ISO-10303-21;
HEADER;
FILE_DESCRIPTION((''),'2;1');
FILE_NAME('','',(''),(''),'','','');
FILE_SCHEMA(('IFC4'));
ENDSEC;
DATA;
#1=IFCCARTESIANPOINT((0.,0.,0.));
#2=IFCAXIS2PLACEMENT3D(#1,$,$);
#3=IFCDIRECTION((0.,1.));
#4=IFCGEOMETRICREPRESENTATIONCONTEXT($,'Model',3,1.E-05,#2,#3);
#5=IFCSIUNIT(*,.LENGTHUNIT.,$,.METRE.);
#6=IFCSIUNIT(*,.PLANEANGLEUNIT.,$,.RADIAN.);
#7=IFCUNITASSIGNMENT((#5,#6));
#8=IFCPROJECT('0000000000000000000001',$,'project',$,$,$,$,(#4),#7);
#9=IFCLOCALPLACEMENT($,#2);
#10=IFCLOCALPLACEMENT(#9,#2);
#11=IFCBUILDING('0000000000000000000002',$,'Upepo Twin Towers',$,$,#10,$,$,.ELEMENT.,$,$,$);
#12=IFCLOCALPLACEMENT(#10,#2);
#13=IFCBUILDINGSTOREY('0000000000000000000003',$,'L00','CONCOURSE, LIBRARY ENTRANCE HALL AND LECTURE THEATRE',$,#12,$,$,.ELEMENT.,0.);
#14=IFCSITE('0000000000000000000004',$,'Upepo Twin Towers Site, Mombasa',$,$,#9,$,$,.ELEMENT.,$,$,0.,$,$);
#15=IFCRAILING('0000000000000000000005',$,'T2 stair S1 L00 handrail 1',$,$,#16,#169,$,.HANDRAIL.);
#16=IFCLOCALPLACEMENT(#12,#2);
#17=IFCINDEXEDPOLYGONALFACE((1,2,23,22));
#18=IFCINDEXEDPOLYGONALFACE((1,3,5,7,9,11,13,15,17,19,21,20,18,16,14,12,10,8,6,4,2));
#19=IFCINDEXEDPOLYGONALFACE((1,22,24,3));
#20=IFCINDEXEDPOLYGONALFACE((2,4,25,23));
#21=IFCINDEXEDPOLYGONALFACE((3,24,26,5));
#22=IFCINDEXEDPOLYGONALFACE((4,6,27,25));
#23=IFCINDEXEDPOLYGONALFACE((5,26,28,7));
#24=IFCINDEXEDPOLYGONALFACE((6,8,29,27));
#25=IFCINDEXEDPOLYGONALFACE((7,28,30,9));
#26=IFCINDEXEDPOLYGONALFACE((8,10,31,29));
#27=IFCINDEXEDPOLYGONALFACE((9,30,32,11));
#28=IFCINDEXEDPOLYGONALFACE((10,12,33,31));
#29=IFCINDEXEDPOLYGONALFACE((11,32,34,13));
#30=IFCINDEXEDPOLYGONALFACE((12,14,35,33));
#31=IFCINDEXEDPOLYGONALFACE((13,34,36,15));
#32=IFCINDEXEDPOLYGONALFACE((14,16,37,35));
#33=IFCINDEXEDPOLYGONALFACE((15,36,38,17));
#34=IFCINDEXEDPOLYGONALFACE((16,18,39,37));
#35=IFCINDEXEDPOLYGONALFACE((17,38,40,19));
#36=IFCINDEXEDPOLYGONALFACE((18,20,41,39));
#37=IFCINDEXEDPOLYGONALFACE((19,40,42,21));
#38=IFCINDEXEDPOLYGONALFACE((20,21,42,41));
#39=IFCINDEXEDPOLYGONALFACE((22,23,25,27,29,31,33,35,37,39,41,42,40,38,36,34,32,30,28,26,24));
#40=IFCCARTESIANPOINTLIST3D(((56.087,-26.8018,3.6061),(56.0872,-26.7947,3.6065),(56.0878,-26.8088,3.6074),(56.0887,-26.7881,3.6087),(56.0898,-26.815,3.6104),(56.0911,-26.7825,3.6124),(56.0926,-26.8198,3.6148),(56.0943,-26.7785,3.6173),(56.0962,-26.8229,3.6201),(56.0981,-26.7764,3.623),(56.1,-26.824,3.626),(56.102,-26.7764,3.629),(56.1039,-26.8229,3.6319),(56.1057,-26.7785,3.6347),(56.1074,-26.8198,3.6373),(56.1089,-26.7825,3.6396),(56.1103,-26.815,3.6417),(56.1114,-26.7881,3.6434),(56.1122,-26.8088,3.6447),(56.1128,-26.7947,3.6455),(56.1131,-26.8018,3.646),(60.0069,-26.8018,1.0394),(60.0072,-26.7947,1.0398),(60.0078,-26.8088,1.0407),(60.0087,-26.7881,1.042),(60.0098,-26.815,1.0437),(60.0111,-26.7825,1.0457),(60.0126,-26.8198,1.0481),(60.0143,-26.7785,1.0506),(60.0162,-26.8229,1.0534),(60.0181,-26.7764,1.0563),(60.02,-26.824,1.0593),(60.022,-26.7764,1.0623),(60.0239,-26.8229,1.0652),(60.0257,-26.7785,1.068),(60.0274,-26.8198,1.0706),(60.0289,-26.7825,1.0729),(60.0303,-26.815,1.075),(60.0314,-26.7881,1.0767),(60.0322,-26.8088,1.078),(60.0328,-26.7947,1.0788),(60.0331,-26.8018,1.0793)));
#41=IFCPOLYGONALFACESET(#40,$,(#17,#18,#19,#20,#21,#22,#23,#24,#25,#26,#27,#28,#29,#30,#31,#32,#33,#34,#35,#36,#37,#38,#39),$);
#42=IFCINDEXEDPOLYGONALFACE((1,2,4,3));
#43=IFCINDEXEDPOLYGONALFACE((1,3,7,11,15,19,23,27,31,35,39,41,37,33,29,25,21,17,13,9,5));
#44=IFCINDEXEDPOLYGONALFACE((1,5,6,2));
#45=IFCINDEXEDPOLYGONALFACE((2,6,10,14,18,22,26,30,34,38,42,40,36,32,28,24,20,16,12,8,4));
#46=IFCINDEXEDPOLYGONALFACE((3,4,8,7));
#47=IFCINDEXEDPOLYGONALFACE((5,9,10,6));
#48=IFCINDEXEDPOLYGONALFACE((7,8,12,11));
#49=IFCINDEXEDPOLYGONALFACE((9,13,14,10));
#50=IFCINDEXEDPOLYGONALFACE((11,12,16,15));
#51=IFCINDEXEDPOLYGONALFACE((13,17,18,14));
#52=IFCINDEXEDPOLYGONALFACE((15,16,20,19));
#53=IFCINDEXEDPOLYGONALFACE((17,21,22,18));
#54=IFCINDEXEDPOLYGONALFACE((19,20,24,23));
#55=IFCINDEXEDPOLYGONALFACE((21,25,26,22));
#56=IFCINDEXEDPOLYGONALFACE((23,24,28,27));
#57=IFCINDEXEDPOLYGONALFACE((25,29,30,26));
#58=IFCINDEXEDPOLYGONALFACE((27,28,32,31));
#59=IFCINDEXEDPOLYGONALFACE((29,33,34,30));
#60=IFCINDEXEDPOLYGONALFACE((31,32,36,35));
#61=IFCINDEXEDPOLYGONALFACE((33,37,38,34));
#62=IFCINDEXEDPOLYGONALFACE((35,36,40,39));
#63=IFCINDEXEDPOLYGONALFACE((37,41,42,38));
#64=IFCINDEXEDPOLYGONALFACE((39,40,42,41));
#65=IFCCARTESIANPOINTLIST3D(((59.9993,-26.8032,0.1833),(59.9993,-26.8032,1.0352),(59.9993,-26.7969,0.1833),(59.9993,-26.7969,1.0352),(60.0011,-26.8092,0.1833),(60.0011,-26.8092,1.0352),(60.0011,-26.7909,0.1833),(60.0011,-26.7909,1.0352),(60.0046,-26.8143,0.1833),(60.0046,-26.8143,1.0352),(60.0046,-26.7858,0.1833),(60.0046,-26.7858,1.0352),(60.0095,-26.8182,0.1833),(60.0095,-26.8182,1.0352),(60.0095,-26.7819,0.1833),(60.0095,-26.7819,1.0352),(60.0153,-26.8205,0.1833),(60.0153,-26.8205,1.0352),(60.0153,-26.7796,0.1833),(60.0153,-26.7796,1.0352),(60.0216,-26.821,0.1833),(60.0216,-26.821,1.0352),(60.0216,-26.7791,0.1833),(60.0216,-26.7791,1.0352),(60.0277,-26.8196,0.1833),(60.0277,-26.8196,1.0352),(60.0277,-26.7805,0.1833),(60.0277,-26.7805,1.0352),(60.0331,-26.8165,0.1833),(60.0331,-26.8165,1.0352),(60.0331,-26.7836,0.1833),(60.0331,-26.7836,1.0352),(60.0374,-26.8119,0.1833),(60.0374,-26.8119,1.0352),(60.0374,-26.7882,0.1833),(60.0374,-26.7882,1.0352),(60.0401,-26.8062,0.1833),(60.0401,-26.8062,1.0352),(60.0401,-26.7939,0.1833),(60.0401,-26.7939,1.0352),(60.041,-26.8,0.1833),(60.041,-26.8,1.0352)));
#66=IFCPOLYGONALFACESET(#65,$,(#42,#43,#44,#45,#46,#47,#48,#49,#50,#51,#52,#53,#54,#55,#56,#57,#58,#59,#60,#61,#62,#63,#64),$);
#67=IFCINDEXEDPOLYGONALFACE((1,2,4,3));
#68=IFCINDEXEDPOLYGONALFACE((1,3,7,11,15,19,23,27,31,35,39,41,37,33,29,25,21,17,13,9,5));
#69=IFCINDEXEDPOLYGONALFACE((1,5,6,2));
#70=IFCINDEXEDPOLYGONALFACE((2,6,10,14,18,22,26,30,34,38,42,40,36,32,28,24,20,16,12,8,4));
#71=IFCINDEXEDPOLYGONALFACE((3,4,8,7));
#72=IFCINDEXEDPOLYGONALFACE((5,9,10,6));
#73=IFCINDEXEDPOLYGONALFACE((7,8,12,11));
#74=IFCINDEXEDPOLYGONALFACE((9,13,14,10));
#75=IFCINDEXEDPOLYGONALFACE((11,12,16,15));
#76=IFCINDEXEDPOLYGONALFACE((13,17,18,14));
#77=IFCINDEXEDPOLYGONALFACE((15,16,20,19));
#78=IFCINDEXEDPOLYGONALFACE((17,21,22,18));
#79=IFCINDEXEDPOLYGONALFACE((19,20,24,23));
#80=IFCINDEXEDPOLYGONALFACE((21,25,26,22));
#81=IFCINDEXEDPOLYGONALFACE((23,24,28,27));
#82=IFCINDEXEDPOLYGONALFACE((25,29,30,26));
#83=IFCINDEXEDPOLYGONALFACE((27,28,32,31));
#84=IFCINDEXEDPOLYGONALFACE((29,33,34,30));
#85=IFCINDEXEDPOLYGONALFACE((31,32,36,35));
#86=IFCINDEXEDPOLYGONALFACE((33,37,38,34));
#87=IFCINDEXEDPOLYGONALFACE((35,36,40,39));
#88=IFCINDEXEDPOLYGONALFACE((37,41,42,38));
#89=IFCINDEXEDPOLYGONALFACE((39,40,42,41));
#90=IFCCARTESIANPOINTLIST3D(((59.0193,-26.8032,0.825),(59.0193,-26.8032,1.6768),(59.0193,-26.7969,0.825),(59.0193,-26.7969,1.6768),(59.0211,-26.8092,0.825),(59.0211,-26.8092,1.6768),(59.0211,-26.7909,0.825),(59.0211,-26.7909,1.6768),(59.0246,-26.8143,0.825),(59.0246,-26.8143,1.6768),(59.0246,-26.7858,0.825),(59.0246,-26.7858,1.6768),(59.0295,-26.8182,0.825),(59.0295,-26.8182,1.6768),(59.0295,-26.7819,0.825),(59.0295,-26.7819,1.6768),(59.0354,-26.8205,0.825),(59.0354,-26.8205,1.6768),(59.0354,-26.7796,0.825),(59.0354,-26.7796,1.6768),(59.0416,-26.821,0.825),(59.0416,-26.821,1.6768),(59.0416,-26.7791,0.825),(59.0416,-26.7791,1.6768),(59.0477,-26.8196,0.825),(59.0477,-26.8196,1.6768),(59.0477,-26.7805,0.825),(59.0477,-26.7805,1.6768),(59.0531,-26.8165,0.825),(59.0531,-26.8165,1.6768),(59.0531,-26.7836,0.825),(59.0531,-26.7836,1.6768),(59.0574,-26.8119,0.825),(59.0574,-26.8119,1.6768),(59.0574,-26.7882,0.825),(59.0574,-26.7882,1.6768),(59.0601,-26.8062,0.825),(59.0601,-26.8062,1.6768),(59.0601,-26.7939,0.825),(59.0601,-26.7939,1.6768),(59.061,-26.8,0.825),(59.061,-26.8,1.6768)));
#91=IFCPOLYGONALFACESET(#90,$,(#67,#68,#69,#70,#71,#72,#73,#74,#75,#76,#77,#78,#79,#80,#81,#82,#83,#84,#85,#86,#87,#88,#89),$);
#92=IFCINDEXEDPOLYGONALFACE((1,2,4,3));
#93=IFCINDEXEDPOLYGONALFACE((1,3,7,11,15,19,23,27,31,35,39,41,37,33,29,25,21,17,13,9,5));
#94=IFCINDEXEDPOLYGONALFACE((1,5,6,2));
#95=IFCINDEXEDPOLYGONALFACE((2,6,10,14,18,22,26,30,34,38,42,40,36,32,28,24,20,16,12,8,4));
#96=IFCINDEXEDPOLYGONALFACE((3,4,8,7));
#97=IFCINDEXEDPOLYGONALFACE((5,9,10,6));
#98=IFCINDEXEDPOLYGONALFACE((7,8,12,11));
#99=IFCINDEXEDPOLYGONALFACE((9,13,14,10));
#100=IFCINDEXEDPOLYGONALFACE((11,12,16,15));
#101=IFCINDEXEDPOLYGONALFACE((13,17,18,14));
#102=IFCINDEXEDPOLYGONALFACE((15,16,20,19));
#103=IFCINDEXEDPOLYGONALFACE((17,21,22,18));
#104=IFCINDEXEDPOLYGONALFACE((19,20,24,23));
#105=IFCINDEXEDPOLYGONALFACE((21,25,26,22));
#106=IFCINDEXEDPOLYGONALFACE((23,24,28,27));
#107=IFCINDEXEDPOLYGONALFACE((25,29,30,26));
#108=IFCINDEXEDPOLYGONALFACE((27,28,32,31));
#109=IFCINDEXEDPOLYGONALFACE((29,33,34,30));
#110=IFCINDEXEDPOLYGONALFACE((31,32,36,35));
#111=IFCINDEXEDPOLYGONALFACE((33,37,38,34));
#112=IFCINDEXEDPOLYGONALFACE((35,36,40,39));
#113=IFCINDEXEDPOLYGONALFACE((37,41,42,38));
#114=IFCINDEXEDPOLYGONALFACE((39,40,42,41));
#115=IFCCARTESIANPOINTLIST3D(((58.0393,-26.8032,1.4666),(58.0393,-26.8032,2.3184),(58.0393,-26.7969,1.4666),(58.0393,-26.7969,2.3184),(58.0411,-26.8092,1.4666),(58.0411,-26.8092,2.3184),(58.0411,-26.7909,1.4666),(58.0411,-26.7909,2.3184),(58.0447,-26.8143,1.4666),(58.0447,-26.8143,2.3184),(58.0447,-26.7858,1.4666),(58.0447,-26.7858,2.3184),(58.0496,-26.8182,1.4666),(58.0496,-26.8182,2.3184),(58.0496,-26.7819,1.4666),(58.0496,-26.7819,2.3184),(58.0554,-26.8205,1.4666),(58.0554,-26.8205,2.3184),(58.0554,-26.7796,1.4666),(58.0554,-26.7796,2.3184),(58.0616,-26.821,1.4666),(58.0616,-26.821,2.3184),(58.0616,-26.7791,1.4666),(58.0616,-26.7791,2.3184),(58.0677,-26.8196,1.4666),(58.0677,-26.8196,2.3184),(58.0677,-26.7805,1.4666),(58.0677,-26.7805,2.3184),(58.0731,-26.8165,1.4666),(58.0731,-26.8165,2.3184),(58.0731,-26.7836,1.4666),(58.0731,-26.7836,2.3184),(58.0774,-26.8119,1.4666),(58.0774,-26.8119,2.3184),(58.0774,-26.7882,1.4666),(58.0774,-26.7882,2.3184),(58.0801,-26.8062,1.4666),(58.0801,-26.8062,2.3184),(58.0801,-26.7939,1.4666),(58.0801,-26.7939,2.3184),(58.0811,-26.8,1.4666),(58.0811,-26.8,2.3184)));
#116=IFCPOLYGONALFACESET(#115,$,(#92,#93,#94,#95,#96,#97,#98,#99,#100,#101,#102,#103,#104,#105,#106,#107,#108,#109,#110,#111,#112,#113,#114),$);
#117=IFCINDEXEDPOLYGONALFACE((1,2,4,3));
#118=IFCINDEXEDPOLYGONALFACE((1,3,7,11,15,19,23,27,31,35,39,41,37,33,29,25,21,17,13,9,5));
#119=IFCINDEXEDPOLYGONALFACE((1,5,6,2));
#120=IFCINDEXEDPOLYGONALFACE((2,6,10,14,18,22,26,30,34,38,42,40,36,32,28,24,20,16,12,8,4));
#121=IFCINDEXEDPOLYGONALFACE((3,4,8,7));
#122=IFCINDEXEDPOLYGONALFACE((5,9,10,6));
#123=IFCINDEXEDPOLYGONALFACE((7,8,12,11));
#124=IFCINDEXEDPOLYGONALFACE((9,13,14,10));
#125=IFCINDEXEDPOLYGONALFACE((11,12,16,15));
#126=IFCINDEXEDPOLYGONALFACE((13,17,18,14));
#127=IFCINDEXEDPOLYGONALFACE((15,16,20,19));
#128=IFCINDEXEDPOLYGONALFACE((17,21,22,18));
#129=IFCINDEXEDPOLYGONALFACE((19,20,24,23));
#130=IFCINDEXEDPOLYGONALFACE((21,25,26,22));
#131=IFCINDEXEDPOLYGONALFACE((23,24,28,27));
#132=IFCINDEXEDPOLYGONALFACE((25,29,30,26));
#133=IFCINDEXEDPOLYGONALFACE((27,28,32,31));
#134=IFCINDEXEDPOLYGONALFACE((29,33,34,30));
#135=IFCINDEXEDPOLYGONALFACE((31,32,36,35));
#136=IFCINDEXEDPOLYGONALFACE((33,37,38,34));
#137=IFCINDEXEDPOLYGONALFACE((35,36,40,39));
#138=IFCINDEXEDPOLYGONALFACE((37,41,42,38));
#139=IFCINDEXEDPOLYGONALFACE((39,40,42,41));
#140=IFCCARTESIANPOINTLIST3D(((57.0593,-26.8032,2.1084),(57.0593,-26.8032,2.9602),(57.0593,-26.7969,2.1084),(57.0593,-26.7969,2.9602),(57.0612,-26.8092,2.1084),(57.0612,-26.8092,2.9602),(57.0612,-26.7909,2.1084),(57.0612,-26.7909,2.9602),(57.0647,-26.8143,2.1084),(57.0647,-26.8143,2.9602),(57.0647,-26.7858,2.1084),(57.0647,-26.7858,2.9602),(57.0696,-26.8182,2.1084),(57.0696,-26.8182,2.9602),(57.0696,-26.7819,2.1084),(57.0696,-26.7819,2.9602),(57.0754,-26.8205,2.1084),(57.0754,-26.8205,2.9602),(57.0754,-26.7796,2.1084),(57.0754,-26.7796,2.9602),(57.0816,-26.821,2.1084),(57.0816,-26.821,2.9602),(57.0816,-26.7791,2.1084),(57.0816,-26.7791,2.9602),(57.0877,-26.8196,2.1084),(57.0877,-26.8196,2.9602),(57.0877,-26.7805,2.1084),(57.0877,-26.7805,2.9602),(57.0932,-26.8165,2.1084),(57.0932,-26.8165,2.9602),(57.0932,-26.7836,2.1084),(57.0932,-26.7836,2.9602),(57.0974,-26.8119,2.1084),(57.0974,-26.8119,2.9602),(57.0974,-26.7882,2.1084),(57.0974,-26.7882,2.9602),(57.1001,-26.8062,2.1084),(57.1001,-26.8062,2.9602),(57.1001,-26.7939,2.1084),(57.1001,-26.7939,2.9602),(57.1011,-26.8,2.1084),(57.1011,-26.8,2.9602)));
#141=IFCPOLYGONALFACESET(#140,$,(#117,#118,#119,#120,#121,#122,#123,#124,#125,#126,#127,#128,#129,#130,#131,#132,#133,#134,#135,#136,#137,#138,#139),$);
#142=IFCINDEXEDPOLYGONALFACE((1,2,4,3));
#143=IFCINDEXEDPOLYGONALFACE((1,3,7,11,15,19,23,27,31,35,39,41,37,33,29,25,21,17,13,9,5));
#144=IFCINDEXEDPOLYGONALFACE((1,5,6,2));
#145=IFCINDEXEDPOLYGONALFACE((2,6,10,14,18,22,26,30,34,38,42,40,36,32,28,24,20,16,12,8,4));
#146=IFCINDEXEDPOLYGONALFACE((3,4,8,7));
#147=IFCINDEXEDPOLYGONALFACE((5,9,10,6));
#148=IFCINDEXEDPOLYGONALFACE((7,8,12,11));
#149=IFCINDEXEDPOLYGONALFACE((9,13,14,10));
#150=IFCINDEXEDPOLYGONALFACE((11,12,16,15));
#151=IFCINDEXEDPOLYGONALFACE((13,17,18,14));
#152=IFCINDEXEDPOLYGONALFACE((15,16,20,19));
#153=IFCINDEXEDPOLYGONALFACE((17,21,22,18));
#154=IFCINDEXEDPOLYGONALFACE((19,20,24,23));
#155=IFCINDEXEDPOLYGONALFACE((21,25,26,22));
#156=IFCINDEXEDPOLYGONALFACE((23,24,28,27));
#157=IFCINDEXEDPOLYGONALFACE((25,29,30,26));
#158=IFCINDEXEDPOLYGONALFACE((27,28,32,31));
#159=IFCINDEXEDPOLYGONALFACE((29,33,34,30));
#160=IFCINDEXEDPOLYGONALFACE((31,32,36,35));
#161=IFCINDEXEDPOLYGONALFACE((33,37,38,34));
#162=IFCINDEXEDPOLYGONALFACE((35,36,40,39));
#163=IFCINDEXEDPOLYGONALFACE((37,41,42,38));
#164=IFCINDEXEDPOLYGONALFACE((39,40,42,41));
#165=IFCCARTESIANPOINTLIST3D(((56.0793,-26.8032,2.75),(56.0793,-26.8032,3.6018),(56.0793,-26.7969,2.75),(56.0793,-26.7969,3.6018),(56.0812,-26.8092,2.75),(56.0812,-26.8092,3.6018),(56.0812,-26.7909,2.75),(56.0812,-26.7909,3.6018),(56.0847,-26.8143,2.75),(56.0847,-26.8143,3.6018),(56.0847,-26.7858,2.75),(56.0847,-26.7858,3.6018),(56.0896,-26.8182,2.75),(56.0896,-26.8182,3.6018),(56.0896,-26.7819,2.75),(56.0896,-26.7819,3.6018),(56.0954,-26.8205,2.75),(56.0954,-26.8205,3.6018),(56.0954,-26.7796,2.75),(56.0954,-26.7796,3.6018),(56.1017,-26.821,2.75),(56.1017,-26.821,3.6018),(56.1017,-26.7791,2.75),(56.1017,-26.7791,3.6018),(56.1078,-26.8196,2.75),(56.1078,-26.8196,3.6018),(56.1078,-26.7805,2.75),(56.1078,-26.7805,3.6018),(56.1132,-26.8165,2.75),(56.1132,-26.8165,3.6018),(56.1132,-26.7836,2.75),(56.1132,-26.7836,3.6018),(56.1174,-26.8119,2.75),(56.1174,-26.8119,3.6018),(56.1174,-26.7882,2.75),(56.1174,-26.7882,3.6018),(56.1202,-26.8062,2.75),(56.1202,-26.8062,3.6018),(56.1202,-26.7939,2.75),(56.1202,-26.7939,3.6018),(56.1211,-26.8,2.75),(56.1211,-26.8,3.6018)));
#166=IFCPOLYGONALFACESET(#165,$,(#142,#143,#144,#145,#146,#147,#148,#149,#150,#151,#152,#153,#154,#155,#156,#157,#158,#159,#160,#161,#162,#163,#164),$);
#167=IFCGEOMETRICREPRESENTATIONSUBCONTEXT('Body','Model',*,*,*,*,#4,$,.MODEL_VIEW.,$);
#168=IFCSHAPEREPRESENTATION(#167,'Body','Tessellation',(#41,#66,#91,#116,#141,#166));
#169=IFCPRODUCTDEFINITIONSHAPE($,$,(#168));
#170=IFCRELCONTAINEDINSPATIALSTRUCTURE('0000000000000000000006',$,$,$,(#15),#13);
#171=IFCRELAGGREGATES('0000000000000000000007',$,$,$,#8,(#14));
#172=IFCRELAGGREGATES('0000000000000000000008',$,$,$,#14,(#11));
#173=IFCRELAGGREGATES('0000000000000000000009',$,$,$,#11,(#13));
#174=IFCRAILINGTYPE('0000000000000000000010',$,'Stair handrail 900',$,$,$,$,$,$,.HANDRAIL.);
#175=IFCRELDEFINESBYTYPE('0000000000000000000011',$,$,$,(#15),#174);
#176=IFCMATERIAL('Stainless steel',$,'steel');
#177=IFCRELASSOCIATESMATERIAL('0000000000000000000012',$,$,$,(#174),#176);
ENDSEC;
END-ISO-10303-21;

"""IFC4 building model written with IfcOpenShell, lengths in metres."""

from ifc_helpers import new_model, si_unit, direction, frame, origin, origin_2d, place, context, subcontext, project, spatial, circle, extrude, material, type_object, element, save


model = new_model("IFC4")

# Units and contexts
model_context = context("Model", 3, precision=1e-05, world=origin(), true_north=direction((0.0, 1.0)))
body_context = subcontext(model_context, "Body", "Model", "MODEL_VIEW")
ifc_project = project(units=[si_unit("LENGTHUNIT", "METRE"), si_unit("PLANEANGLEUNIT", "RADIAN")], contexts=[model_context])

# Site, building, storey
site_placement = place(None, origin())
site = spatial("IfcSite", under=ifc_project, at=site_placement, Name="Upepo Twin Towers Site, Mombasa", CompositionType="ELEMENT", RefElevation=0.0)
building_placement = place(site_placement, origin())
building = spatial("IfcBuilding", under=site, at=building_placement, Name="Upepo Twin Towers", CompositionType="ELEMENT")
storey_placement = place(building_placement, origin())
storey = spatial("IfcBuildingStorey", under=building, at=storey_placement, Name="L00", Description="CONCOURSE, LIBRARY ENTRANCE HALL AND LECTURE THEATRE", CompositionType="ELEMENT", Elevation=0.0)

# Railing
ifc_material_1 = material(Name="Stainless steel", Category="steel")
railing_type = type_object("IfcRailingType", Name="Stair handrail 900", PredefinedType="HANDRAIL", material=ifc_material_1)
railing_1_placement = place(storey_placement, frame((60.02, -26.8, 0.1833)))
element("IfcRailing", 1, at=railing_1_placement, inside=storey, type_object=railing_type, Name="T2 stair S1 L00 handrail 1", PredefinedType="HANDRAIL", context=body_context, shape_type="SweptSolid", body=[
    extrude(circle(Radius=0.0239, at=origin_2d()), frame((0.0, 0.0, 0.876), z_axis=(-0.836615, 0.0, 0.547791), x_axis=(0.0, -1.0, 0.0)), (0.0, 0.0, 1.0), 4.6855),
    extrude(circle(Radius=0.021, at=origin_2d()), origin(), (0.0, 0.0, 1.0), 0.8518),
    extrude(circle(Radius=0.021, at=origin_2d()), frame((-0.98, 0.0, 0.6416)), (0.0, 0.0, 1.0), 0.8518),
    extrude(circle(Radius=0.021, at=origin_2d()), frame((-1.96, 0.0, 1.2832)), (0.0, 0.0, 1.0), 0.8518),
    extrude(circle(Radius=0.021, at=origin_2d()), frame((-2.9399, 0.0, 1.925)), (0.0, 0.0, 1.0), 0.8518),
    extrude(circle(Radius=0.021, at=origin_2d()), frame((-3.9199, 0.0, 2.5667)), (0.0, 0.0, 1.0), 0.8518),
])

save(model, "model.ifc")
